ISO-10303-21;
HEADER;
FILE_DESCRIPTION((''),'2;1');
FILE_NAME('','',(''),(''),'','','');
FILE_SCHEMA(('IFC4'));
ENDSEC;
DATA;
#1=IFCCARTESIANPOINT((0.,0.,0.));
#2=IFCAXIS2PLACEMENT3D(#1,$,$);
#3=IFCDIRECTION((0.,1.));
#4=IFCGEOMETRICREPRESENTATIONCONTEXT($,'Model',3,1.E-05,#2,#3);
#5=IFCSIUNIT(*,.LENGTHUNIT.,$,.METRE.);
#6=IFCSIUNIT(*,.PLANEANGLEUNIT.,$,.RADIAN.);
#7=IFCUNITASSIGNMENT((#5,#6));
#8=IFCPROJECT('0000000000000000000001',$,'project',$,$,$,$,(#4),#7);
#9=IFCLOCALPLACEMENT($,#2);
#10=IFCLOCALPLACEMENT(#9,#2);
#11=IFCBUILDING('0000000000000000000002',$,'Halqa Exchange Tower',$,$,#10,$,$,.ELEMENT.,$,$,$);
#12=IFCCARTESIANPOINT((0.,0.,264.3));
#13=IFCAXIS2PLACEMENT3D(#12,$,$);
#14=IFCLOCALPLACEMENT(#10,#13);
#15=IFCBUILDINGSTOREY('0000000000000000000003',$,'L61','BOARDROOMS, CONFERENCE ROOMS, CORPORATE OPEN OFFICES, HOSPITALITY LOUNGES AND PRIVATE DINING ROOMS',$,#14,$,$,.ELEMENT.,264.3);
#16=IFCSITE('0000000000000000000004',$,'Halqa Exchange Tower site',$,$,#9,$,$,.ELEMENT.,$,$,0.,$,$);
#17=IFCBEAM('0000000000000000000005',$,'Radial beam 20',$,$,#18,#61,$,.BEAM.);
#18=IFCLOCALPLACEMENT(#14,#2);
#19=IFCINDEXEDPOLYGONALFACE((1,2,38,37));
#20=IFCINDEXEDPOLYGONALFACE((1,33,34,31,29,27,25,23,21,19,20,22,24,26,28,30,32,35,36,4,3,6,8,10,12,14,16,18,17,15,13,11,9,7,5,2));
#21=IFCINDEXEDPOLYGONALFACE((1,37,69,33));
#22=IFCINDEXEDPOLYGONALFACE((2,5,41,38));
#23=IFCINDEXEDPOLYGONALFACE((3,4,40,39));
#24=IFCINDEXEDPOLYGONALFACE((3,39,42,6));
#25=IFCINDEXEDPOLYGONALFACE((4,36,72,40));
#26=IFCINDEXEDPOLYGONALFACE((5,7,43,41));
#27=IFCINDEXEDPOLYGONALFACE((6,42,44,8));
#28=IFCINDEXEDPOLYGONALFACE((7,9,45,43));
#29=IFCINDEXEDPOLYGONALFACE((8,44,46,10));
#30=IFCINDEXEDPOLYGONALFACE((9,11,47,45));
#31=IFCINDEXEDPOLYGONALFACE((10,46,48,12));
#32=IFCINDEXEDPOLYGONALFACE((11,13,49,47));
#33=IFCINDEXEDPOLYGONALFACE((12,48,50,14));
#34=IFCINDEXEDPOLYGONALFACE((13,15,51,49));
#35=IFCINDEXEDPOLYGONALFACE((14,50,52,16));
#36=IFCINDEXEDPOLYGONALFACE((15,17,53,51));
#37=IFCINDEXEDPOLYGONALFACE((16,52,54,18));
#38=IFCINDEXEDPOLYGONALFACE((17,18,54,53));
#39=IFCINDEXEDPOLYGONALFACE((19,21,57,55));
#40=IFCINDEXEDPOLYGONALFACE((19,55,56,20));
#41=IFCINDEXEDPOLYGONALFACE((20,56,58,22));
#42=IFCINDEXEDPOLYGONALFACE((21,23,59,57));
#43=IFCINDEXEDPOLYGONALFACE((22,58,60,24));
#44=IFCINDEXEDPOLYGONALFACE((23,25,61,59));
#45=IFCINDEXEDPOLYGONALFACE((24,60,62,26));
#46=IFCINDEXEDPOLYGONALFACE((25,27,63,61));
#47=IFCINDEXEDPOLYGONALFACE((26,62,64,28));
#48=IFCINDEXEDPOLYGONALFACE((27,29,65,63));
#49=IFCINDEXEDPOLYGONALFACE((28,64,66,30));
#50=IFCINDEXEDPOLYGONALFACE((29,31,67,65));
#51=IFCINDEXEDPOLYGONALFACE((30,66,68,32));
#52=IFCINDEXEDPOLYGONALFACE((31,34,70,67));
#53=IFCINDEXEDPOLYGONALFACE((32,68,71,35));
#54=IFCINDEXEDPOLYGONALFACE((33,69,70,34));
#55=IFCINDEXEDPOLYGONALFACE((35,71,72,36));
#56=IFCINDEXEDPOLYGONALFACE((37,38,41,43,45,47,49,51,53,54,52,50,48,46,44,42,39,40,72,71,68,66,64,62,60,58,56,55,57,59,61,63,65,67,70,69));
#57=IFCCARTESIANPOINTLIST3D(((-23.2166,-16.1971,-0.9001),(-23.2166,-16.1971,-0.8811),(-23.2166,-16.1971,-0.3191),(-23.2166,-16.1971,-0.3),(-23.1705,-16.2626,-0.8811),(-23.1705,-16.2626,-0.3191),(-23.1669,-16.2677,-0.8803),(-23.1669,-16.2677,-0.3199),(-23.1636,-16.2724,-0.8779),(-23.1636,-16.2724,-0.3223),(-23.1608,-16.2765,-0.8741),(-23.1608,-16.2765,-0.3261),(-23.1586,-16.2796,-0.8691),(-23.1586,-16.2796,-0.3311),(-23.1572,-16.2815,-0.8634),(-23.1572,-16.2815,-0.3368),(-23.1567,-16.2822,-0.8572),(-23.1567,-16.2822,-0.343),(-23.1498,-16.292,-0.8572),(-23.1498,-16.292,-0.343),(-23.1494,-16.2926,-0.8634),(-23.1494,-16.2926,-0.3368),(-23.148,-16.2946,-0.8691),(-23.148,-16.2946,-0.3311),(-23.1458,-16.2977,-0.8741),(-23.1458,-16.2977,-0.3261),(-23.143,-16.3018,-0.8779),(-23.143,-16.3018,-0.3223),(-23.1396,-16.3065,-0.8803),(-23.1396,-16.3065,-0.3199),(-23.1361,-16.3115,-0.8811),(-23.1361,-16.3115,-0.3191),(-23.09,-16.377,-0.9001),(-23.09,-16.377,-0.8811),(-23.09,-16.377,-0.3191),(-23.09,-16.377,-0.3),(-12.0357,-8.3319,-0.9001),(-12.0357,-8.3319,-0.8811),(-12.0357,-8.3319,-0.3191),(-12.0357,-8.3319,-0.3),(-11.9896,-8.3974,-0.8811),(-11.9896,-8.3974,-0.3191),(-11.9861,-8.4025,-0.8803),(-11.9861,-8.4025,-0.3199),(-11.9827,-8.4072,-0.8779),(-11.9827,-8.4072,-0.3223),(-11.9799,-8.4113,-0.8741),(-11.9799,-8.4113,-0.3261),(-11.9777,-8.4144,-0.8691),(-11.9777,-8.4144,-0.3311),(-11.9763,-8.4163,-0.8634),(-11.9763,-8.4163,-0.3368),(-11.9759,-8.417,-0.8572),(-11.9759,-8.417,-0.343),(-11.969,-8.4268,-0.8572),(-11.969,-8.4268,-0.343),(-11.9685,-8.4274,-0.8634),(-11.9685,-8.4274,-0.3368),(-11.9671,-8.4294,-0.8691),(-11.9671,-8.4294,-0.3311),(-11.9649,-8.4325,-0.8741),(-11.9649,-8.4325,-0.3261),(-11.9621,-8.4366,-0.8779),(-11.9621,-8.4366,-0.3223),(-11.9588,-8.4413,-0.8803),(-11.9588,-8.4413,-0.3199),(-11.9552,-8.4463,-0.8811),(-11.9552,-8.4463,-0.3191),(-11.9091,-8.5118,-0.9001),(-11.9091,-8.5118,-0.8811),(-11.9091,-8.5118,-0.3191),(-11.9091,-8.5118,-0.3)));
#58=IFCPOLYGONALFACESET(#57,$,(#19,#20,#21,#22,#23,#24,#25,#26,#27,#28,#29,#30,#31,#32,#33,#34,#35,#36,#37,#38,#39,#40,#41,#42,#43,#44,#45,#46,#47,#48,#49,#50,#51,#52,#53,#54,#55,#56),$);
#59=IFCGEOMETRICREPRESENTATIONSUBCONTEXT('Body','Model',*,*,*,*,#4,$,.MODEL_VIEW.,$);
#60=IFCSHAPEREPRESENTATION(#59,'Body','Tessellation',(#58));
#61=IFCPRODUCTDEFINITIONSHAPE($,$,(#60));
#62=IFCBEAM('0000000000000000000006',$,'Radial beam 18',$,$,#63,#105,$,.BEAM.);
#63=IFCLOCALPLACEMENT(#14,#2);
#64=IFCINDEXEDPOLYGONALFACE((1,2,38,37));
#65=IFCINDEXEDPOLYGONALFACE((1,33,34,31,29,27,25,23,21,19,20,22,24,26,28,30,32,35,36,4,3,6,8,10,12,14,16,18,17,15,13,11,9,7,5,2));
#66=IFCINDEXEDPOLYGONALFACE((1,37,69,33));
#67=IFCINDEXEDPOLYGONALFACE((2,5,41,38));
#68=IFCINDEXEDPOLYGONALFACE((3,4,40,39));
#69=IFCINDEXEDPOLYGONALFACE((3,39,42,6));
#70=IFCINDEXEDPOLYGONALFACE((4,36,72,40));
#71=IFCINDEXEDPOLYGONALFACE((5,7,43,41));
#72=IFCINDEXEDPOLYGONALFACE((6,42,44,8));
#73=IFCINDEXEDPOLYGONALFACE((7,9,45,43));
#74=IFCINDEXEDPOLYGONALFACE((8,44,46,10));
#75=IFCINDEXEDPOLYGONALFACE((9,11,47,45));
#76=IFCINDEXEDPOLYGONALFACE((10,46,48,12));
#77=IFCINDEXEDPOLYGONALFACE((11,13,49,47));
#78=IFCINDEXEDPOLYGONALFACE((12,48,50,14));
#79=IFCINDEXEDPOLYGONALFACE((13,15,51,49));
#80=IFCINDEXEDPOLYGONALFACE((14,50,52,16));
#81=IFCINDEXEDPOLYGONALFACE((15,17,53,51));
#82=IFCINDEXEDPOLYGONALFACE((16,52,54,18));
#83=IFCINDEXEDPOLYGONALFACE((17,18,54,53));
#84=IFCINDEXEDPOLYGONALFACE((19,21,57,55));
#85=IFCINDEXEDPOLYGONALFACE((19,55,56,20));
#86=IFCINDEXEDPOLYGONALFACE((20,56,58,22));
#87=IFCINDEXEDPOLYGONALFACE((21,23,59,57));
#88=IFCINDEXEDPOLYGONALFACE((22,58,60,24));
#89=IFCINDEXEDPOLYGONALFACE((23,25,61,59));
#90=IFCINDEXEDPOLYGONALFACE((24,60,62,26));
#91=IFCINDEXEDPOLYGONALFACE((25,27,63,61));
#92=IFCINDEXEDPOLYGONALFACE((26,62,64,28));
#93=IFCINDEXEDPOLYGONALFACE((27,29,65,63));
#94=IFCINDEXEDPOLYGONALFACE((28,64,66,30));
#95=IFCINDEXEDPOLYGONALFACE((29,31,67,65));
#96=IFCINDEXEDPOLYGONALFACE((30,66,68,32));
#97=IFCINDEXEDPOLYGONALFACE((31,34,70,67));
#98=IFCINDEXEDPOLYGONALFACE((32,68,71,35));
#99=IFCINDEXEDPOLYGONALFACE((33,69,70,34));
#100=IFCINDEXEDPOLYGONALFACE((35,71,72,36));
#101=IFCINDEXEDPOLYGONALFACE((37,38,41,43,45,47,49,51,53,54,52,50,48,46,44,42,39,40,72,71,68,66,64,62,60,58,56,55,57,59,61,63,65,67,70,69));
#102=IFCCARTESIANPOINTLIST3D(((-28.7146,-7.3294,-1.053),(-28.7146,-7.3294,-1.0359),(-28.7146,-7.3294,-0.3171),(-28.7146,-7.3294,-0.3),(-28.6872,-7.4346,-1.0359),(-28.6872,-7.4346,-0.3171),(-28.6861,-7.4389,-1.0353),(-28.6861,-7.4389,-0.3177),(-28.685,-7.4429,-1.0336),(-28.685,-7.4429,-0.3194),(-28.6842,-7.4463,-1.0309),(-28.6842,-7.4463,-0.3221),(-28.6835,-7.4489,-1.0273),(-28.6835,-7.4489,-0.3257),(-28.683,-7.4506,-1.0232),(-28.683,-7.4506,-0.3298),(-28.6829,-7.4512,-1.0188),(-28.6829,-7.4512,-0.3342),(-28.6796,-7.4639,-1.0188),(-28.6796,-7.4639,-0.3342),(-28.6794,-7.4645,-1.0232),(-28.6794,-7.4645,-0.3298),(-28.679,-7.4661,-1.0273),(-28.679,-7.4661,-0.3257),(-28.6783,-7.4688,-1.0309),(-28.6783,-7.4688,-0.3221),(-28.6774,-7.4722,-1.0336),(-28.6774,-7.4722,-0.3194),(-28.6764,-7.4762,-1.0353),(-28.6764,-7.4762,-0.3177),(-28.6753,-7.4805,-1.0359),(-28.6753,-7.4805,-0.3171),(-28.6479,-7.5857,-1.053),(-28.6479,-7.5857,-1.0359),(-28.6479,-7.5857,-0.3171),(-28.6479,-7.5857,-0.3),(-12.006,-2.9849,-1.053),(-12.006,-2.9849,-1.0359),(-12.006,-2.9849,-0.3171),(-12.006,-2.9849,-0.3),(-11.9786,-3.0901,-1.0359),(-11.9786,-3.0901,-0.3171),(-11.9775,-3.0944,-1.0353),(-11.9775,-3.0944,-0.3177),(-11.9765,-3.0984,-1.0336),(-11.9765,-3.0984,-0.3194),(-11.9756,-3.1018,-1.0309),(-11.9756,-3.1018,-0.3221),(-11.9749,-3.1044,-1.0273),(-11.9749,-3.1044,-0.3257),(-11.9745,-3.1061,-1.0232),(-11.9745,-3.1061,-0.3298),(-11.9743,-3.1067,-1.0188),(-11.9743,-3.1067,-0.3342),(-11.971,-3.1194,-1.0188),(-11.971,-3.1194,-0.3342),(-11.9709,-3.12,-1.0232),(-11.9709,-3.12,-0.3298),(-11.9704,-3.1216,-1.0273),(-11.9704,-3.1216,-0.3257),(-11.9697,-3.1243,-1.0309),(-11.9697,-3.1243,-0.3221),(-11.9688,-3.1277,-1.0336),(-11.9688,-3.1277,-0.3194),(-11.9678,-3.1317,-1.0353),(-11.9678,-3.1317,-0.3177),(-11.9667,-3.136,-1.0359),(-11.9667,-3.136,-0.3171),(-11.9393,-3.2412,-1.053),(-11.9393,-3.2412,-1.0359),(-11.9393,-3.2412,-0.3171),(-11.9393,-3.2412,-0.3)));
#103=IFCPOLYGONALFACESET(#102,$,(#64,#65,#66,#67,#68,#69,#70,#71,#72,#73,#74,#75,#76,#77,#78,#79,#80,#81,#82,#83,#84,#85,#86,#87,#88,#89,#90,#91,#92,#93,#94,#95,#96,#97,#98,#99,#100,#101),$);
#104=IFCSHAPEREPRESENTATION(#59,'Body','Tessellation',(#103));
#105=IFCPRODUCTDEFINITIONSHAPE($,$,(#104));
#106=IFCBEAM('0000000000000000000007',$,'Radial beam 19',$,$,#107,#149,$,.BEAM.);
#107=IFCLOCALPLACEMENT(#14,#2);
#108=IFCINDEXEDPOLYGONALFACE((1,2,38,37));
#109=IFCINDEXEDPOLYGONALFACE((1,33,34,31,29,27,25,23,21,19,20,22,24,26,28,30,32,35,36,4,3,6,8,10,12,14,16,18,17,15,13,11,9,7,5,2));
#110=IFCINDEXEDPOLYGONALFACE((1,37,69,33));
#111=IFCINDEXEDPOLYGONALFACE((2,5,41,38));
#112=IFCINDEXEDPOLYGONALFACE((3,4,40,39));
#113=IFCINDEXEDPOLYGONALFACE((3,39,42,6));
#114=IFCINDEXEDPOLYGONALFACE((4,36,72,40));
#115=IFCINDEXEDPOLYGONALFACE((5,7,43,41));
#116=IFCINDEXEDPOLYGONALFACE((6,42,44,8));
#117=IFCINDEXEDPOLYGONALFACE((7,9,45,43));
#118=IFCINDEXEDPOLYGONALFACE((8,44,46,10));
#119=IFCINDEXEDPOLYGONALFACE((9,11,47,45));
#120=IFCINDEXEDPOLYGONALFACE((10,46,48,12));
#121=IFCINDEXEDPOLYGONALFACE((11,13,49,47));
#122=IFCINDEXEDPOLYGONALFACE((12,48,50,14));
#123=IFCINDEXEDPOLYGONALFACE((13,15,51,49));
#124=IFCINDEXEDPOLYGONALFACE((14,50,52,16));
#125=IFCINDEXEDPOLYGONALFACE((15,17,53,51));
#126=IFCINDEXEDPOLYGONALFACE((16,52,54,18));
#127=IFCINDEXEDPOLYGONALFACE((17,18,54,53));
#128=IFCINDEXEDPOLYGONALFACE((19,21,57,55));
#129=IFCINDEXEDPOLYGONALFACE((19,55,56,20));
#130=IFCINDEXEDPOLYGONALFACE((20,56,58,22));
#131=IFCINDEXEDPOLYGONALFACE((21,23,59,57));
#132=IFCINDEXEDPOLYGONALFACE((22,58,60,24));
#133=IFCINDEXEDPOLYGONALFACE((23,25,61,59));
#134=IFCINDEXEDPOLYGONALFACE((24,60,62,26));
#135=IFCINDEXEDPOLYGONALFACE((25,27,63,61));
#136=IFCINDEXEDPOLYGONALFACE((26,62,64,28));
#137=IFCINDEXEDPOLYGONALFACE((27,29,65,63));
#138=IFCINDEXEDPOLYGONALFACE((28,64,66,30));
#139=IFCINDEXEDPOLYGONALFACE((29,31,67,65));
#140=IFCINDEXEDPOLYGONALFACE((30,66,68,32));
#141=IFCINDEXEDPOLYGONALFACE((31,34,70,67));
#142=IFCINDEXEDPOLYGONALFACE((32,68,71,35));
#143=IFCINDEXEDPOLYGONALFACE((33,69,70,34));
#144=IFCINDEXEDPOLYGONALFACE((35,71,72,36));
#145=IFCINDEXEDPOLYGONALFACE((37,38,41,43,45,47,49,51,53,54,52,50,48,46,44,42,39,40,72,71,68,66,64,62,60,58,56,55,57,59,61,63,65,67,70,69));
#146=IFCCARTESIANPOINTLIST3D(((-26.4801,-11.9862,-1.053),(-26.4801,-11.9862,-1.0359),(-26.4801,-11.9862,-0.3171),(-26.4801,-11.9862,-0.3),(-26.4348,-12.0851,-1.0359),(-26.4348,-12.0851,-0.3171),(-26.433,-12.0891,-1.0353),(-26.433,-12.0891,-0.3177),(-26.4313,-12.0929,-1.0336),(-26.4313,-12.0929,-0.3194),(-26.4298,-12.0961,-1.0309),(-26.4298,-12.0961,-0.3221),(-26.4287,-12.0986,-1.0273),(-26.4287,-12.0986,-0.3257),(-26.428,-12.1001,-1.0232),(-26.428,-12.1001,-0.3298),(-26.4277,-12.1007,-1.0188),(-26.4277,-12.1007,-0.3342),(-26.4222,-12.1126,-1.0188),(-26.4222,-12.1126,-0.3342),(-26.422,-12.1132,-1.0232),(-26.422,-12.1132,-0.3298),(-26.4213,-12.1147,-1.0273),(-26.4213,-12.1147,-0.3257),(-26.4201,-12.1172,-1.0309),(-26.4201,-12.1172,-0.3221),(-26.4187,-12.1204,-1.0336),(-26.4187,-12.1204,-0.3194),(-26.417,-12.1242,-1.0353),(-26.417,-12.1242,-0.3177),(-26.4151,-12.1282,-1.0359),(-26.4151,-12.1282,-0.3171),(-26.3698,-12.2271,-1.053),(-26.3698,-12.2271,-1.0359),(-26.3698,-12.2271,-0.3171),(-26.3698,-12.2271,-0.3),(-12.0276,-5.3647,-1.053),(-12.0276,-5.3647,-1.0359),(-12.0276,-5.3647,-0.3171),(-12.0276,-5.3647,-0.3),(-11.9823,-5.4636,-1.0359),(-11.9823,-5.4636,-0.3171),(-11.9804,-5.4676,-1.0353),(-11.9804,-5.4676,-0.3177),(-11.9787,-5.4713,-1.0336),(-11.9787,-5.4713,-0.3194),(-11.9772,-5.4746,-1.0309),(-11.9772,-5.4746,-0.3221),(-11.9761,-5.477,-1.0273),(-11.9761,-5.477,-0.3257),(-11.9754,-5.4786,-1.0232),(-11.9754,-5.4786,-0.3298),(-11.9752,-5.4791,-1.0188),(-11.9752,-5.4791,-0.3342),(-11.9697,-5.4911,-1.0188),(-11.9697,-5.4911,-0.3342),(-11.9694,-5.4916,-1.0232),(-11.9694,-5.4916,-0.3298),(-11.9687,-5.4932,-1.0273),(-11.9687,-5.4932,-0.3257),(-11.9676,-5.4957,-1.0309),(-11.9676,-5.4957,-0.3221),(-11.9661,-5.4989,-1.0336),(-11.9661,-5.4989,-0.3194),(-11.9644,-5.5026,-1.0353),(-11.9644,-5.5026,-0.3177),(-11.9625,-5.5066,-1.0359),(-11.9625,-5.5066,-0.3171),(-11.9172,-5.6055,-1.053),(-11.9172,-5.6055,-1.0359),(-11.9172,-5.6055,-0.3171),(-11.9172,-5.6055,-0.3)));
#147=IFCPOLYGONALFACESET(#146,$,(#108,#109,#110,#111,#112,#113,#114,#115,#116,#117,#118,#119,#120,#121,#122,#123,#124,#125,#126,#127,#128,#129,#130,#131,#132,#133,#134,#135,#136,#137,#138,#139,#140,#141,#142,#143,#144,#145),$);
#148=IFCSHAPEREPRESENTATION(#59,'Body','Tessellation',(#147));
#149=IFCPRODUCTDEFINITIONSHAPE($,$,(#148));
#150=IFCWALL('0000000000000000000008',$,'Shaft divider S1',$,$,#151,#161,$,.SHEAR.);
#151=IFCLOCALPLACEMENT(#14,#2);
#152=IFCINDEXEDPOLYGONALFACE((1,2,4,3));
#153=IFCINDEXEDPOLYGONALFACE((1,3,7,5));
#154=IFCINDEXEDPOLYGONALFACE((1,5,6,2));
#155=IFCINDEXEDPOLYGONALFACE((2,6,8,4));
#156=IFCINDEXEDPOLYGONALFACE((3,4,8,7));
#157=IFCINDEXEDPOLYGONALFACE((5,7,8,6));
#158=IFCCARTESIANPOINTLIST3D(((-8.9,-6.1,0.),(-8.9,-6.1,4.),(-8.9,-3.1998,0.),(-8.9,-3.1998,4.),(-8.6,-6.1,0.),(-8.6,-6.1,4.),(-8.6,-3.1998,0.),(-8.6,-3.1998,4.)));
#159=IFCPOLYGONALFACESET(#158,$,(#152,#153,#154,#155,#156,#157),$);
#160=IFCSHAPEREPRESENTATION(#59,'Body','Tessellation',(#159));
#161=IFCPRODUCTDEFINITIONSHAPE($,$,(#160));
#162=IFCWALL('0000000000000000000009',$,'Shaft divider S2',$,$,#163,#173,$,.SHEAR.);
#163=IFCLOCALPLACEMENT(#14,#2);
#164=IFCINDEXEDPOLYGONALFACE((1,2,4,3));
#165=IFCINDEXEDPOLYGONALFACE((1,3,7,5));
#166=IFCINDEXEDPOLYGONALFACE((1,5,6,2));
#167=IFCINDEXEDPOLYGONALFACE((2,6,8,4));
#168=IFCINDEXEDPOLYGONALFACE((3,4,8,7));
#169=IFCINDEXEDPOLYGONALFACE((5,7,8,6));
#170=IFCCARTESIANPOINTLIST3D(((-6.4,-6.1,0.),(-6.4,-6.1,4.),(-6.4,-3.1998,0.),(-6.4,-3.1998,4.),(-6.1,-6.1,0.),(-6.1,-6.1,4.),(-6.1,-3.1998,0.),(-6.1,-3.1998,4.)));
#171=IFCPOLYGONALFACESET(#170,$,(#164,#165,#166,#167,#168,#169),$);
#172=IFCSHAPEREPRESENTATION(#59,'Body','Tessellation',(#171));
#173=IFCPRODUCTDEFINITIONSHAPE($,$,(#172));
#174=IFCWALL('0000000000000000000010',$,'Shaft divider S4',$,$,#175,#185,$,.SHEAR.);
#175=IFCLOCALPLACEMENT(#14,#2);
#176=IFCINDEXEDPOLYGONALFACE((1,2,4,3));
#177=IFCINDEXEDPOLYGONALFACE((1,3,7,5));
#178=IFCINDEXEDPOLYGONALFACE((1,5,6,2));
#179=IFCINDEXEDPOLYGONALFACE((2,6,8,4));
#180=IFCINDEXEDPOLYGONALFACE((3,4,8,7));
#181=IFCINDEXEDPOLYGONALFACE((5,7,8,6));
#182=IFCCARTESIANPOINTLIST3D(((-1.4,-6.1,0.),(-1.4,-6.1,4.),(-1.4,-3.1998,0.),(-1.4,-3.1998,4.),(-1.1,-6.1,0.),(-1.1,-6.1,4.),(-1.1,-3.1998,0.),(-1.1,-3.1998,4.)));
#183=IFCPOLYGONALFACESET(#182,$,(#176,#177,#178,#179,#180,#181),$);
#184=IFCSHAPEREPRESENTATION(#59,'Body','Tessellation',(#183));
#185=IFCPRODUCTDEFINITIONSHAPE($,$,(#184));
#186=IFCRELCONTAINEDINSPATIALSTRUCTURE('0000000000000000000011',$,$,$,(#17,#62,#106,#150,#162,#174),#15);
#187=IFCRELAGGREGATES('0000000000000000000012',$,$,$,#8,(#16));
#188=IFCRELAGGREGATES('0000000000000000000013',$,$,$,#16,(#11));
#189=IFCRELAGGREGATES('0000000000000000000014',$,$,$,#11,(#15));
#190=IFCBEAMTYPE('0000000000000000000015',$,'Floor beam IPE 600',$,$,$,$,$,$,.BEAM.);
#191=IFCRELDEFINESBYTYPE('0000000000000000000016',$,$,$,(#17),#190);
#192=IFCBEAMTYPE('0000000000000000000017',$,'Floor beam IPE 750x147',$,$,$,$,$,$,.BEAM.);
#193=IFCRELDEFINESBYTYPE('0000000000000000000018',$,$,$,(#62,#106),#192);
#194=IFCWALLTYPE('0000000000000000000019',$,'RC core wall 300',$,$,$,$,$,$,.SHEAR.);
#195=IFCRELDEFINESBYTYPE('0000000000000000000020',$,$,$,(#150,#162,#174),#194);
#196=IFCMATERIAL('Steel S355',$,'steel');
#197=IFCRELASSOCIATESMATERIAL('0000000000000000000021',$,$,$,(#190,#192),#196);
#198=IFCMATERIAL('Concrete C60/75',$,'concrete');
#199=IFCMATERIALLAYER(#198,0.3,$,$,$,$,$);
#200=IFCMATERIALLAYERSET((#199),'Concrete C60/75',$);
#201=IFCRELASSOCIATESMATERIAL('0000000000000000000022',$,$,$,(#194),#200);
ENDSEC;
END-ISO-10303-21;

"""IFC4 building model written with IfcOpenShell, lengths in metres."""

from ifc_helpers import new_model, si_unit, direction, frame, frame_2d, origin, origin_2d, place, context, subcontext, project, spatial, rectangle, i_section, extrude, material, layer, layer_set, material_profile, profile_set, type_object, element, save


model = new_model("IFC4")

# Units and contexts
model_context = context("Model", 3, precision=1e-05, world=origin(), true_north=direction((0.0, 1.0)))
body_context = subcontext(model_context, "Body", "Model", "MODEL_VIEW")
ifc_project = project(units=[si_unit("LENGTHUNIT", "METRE"), si_unit("PLANEANGLEUNIT", "RADIAN")], contexts=[model_context])

# Site, building, storey
site_placement = place(None, origin())
site = spatial("IfcSite", under=ifc_project, at=site_placement, Name="Halqa Exchange Tower site", CompositionType="ELEMENT", RefElevation=0.0)
building_placement = place(site_placement, origin())
building = spatial("IfcBuilding", under=site, at=building_placement, Name="Halqa Exchange Tower", CompositionType="ELEMENT")
storey_placement = place(building_placement, frame((0.0, 0.0, 264.3)))
storey = spatial("IfcBuildingStorey", under=building, at=storey_placement, Name="L61", Description="BOARDROOMS, CONFERENCE ROOMS, CORPORATE OPEN OFFICES, HOSPITALITY LOUNGES AND PRIVATE DINING ROOMS", CompositionType="ELEMENT", Elevation=264.3)

# Beams
ifc_material_1 = material(Name="Steel S355", Category="steel")
ifc_material_profile_1 = material_profile(ifc_material_1, i_section(OverallWidth=0.22, OverallDepth=0.6001, WebThickness=0.012, FlangeThickness=0.019, FilletRadius=0.0239, at=origin_2d()), Name="IPE 600")
ifc_profile_set_1 = profile_set([ifc_material_profile_1], Name="Steel S355")
beam_type_1 = type_object("IfcBeamType", Name="Floor beam IPE 600", PredefinedType="BEAM", material=ifc_profile_set_1)
beam_1_placement = place(storey_placement, frame((-11.9724, -8.4219, -0.6001), z_axis=(-0.817903, -0.575356, 0.0), x_axis=(0.575356, -0.817903, 0.0)))
element("IfcBeam", 1, at=beam_1_placement, inside=storey, type_object=beam_type_1, Name="Radial beam 20", PredefinedType="BEAM", context=body_context, shape_type="SweptSolid", body=[
    extrude(i_section(OverallWidth=0.22, OverallDepth=0.6001, WebThickness=0.012, FlangeThickness=0.019, FilletRadius=0.0239, at=origin_2d()), origin(), (0.0, 0.0, 1.0), 13.6702),
])
ifc_material_profile_2 = material_profile(ifc_material_1, i_section(OverallWidth=0.2649, OverallDepth=0.7529, WebThickness=0.0132, FlangeThickness=0.0171, FilletRadius=0.0171, at=origin_2d()), Name="IPE 750x147")
ifc_profile_set_2 = profile_set([ifc_material_profile_2], Name="Steel S355")
beam_type_2 = type_object("IfcBeamType", Name="Floor beam IPE 750x147", PredefinedType="BEAM", material=ifc_profile_set_2)
beam_2_placement = place(storey_placement, frame((-11.9727, -3.113, -0.6765), z_axis=(-0.967819, -0.251649, 0.0), x_axis=(0.251649, -0.967819, 0.0)))
element("IfcBeam", 2, at=beam_2_placement, inside=storey, type_object=beam_type_2, Name="Radial beam 18", PredefinedType="BEAM", context=body_context, shape_type="SweptSolid", body=[
    extrude(i_section(OverallWidth=0.2649, OverallDepth=0.7529, WebThickness=0.0132, FlangeThickness=0.0171, FilletRadius=0.0171, at=origin_2d()), origin(), (0.0, 0.0, 1.0), 17.2642),
])
beam_3_placement = place(storey_placement, frame((-11.9724, -5.4851, -0.6765), z_axis=(-0.909125, -0.416523, 0.0), x_axis=(0.416523, -0.909125, 0.0)))
element("IfcBeam", 3, at=beam_3_placement, inside=storey, type_object=beam_type_2, Name="Radial beam 19", PredefinedType="BEAM", context=body_context, shape_type="SweptSolid", body=[
    extrude(i_section(OverallWidth=0.2649, OverallDepth=0.7529, WebThickness=0.0132, FlangeThickness=0.0171, FilletRadius=0.0171, at=origin_2d()), origin(), (0.0, 0.0, 1.0), 15.8972),
])

# Walls
ifc_material_2 = material(Name="Concrete C60/75", Category="concrete")
ifc_layer_1 = layer(ifc_material_2, 0.3)
ifc_layer_set_1 = layer_set([ifc_layer_1], Name="Concrete C60/75")
wall_type_1 = type_object("IfcWallType", Name="RC core wall 300", PredefinedType="SHEAR", material=ifc_layer_set_1)
for number, where, z_axis, x_axis, name in (
    (4, (-8.75, -6.1001, 0.0), (0.0, 0.0, 1.0), (0.0, 1.0, 0.0), "Shaft divider S1"),
    (5, (-6.25, -6.1001, 0.0), (0.0, 0.0, 1.0), (0.0, 1.0, 0.0), "Shaft divider S2"),
    (6, (-1.25, -6.1001, 0.0), (0.0, 0.0, 1.0), (0.0, 1.0, 0.0), "Shaft divider S4"),
):
    element("IfcWall", number, at=place(storey_placement, frame(where, z_axis=z_axis, x_axis=x_axis)), inside=storey, type_object=wall_type_1, Name=name, PredefinedType="SHEAR", context=body_context, shape_type="SweptSolid", body=[
        extrude(rectangle(XDim=2.9001, YDim=0.3, at=frame_2d((1.4502, 0.0))), origin(), (0.0, 0.0, 1.0), 4.0),
    ])

save(model, "model.ifc")
